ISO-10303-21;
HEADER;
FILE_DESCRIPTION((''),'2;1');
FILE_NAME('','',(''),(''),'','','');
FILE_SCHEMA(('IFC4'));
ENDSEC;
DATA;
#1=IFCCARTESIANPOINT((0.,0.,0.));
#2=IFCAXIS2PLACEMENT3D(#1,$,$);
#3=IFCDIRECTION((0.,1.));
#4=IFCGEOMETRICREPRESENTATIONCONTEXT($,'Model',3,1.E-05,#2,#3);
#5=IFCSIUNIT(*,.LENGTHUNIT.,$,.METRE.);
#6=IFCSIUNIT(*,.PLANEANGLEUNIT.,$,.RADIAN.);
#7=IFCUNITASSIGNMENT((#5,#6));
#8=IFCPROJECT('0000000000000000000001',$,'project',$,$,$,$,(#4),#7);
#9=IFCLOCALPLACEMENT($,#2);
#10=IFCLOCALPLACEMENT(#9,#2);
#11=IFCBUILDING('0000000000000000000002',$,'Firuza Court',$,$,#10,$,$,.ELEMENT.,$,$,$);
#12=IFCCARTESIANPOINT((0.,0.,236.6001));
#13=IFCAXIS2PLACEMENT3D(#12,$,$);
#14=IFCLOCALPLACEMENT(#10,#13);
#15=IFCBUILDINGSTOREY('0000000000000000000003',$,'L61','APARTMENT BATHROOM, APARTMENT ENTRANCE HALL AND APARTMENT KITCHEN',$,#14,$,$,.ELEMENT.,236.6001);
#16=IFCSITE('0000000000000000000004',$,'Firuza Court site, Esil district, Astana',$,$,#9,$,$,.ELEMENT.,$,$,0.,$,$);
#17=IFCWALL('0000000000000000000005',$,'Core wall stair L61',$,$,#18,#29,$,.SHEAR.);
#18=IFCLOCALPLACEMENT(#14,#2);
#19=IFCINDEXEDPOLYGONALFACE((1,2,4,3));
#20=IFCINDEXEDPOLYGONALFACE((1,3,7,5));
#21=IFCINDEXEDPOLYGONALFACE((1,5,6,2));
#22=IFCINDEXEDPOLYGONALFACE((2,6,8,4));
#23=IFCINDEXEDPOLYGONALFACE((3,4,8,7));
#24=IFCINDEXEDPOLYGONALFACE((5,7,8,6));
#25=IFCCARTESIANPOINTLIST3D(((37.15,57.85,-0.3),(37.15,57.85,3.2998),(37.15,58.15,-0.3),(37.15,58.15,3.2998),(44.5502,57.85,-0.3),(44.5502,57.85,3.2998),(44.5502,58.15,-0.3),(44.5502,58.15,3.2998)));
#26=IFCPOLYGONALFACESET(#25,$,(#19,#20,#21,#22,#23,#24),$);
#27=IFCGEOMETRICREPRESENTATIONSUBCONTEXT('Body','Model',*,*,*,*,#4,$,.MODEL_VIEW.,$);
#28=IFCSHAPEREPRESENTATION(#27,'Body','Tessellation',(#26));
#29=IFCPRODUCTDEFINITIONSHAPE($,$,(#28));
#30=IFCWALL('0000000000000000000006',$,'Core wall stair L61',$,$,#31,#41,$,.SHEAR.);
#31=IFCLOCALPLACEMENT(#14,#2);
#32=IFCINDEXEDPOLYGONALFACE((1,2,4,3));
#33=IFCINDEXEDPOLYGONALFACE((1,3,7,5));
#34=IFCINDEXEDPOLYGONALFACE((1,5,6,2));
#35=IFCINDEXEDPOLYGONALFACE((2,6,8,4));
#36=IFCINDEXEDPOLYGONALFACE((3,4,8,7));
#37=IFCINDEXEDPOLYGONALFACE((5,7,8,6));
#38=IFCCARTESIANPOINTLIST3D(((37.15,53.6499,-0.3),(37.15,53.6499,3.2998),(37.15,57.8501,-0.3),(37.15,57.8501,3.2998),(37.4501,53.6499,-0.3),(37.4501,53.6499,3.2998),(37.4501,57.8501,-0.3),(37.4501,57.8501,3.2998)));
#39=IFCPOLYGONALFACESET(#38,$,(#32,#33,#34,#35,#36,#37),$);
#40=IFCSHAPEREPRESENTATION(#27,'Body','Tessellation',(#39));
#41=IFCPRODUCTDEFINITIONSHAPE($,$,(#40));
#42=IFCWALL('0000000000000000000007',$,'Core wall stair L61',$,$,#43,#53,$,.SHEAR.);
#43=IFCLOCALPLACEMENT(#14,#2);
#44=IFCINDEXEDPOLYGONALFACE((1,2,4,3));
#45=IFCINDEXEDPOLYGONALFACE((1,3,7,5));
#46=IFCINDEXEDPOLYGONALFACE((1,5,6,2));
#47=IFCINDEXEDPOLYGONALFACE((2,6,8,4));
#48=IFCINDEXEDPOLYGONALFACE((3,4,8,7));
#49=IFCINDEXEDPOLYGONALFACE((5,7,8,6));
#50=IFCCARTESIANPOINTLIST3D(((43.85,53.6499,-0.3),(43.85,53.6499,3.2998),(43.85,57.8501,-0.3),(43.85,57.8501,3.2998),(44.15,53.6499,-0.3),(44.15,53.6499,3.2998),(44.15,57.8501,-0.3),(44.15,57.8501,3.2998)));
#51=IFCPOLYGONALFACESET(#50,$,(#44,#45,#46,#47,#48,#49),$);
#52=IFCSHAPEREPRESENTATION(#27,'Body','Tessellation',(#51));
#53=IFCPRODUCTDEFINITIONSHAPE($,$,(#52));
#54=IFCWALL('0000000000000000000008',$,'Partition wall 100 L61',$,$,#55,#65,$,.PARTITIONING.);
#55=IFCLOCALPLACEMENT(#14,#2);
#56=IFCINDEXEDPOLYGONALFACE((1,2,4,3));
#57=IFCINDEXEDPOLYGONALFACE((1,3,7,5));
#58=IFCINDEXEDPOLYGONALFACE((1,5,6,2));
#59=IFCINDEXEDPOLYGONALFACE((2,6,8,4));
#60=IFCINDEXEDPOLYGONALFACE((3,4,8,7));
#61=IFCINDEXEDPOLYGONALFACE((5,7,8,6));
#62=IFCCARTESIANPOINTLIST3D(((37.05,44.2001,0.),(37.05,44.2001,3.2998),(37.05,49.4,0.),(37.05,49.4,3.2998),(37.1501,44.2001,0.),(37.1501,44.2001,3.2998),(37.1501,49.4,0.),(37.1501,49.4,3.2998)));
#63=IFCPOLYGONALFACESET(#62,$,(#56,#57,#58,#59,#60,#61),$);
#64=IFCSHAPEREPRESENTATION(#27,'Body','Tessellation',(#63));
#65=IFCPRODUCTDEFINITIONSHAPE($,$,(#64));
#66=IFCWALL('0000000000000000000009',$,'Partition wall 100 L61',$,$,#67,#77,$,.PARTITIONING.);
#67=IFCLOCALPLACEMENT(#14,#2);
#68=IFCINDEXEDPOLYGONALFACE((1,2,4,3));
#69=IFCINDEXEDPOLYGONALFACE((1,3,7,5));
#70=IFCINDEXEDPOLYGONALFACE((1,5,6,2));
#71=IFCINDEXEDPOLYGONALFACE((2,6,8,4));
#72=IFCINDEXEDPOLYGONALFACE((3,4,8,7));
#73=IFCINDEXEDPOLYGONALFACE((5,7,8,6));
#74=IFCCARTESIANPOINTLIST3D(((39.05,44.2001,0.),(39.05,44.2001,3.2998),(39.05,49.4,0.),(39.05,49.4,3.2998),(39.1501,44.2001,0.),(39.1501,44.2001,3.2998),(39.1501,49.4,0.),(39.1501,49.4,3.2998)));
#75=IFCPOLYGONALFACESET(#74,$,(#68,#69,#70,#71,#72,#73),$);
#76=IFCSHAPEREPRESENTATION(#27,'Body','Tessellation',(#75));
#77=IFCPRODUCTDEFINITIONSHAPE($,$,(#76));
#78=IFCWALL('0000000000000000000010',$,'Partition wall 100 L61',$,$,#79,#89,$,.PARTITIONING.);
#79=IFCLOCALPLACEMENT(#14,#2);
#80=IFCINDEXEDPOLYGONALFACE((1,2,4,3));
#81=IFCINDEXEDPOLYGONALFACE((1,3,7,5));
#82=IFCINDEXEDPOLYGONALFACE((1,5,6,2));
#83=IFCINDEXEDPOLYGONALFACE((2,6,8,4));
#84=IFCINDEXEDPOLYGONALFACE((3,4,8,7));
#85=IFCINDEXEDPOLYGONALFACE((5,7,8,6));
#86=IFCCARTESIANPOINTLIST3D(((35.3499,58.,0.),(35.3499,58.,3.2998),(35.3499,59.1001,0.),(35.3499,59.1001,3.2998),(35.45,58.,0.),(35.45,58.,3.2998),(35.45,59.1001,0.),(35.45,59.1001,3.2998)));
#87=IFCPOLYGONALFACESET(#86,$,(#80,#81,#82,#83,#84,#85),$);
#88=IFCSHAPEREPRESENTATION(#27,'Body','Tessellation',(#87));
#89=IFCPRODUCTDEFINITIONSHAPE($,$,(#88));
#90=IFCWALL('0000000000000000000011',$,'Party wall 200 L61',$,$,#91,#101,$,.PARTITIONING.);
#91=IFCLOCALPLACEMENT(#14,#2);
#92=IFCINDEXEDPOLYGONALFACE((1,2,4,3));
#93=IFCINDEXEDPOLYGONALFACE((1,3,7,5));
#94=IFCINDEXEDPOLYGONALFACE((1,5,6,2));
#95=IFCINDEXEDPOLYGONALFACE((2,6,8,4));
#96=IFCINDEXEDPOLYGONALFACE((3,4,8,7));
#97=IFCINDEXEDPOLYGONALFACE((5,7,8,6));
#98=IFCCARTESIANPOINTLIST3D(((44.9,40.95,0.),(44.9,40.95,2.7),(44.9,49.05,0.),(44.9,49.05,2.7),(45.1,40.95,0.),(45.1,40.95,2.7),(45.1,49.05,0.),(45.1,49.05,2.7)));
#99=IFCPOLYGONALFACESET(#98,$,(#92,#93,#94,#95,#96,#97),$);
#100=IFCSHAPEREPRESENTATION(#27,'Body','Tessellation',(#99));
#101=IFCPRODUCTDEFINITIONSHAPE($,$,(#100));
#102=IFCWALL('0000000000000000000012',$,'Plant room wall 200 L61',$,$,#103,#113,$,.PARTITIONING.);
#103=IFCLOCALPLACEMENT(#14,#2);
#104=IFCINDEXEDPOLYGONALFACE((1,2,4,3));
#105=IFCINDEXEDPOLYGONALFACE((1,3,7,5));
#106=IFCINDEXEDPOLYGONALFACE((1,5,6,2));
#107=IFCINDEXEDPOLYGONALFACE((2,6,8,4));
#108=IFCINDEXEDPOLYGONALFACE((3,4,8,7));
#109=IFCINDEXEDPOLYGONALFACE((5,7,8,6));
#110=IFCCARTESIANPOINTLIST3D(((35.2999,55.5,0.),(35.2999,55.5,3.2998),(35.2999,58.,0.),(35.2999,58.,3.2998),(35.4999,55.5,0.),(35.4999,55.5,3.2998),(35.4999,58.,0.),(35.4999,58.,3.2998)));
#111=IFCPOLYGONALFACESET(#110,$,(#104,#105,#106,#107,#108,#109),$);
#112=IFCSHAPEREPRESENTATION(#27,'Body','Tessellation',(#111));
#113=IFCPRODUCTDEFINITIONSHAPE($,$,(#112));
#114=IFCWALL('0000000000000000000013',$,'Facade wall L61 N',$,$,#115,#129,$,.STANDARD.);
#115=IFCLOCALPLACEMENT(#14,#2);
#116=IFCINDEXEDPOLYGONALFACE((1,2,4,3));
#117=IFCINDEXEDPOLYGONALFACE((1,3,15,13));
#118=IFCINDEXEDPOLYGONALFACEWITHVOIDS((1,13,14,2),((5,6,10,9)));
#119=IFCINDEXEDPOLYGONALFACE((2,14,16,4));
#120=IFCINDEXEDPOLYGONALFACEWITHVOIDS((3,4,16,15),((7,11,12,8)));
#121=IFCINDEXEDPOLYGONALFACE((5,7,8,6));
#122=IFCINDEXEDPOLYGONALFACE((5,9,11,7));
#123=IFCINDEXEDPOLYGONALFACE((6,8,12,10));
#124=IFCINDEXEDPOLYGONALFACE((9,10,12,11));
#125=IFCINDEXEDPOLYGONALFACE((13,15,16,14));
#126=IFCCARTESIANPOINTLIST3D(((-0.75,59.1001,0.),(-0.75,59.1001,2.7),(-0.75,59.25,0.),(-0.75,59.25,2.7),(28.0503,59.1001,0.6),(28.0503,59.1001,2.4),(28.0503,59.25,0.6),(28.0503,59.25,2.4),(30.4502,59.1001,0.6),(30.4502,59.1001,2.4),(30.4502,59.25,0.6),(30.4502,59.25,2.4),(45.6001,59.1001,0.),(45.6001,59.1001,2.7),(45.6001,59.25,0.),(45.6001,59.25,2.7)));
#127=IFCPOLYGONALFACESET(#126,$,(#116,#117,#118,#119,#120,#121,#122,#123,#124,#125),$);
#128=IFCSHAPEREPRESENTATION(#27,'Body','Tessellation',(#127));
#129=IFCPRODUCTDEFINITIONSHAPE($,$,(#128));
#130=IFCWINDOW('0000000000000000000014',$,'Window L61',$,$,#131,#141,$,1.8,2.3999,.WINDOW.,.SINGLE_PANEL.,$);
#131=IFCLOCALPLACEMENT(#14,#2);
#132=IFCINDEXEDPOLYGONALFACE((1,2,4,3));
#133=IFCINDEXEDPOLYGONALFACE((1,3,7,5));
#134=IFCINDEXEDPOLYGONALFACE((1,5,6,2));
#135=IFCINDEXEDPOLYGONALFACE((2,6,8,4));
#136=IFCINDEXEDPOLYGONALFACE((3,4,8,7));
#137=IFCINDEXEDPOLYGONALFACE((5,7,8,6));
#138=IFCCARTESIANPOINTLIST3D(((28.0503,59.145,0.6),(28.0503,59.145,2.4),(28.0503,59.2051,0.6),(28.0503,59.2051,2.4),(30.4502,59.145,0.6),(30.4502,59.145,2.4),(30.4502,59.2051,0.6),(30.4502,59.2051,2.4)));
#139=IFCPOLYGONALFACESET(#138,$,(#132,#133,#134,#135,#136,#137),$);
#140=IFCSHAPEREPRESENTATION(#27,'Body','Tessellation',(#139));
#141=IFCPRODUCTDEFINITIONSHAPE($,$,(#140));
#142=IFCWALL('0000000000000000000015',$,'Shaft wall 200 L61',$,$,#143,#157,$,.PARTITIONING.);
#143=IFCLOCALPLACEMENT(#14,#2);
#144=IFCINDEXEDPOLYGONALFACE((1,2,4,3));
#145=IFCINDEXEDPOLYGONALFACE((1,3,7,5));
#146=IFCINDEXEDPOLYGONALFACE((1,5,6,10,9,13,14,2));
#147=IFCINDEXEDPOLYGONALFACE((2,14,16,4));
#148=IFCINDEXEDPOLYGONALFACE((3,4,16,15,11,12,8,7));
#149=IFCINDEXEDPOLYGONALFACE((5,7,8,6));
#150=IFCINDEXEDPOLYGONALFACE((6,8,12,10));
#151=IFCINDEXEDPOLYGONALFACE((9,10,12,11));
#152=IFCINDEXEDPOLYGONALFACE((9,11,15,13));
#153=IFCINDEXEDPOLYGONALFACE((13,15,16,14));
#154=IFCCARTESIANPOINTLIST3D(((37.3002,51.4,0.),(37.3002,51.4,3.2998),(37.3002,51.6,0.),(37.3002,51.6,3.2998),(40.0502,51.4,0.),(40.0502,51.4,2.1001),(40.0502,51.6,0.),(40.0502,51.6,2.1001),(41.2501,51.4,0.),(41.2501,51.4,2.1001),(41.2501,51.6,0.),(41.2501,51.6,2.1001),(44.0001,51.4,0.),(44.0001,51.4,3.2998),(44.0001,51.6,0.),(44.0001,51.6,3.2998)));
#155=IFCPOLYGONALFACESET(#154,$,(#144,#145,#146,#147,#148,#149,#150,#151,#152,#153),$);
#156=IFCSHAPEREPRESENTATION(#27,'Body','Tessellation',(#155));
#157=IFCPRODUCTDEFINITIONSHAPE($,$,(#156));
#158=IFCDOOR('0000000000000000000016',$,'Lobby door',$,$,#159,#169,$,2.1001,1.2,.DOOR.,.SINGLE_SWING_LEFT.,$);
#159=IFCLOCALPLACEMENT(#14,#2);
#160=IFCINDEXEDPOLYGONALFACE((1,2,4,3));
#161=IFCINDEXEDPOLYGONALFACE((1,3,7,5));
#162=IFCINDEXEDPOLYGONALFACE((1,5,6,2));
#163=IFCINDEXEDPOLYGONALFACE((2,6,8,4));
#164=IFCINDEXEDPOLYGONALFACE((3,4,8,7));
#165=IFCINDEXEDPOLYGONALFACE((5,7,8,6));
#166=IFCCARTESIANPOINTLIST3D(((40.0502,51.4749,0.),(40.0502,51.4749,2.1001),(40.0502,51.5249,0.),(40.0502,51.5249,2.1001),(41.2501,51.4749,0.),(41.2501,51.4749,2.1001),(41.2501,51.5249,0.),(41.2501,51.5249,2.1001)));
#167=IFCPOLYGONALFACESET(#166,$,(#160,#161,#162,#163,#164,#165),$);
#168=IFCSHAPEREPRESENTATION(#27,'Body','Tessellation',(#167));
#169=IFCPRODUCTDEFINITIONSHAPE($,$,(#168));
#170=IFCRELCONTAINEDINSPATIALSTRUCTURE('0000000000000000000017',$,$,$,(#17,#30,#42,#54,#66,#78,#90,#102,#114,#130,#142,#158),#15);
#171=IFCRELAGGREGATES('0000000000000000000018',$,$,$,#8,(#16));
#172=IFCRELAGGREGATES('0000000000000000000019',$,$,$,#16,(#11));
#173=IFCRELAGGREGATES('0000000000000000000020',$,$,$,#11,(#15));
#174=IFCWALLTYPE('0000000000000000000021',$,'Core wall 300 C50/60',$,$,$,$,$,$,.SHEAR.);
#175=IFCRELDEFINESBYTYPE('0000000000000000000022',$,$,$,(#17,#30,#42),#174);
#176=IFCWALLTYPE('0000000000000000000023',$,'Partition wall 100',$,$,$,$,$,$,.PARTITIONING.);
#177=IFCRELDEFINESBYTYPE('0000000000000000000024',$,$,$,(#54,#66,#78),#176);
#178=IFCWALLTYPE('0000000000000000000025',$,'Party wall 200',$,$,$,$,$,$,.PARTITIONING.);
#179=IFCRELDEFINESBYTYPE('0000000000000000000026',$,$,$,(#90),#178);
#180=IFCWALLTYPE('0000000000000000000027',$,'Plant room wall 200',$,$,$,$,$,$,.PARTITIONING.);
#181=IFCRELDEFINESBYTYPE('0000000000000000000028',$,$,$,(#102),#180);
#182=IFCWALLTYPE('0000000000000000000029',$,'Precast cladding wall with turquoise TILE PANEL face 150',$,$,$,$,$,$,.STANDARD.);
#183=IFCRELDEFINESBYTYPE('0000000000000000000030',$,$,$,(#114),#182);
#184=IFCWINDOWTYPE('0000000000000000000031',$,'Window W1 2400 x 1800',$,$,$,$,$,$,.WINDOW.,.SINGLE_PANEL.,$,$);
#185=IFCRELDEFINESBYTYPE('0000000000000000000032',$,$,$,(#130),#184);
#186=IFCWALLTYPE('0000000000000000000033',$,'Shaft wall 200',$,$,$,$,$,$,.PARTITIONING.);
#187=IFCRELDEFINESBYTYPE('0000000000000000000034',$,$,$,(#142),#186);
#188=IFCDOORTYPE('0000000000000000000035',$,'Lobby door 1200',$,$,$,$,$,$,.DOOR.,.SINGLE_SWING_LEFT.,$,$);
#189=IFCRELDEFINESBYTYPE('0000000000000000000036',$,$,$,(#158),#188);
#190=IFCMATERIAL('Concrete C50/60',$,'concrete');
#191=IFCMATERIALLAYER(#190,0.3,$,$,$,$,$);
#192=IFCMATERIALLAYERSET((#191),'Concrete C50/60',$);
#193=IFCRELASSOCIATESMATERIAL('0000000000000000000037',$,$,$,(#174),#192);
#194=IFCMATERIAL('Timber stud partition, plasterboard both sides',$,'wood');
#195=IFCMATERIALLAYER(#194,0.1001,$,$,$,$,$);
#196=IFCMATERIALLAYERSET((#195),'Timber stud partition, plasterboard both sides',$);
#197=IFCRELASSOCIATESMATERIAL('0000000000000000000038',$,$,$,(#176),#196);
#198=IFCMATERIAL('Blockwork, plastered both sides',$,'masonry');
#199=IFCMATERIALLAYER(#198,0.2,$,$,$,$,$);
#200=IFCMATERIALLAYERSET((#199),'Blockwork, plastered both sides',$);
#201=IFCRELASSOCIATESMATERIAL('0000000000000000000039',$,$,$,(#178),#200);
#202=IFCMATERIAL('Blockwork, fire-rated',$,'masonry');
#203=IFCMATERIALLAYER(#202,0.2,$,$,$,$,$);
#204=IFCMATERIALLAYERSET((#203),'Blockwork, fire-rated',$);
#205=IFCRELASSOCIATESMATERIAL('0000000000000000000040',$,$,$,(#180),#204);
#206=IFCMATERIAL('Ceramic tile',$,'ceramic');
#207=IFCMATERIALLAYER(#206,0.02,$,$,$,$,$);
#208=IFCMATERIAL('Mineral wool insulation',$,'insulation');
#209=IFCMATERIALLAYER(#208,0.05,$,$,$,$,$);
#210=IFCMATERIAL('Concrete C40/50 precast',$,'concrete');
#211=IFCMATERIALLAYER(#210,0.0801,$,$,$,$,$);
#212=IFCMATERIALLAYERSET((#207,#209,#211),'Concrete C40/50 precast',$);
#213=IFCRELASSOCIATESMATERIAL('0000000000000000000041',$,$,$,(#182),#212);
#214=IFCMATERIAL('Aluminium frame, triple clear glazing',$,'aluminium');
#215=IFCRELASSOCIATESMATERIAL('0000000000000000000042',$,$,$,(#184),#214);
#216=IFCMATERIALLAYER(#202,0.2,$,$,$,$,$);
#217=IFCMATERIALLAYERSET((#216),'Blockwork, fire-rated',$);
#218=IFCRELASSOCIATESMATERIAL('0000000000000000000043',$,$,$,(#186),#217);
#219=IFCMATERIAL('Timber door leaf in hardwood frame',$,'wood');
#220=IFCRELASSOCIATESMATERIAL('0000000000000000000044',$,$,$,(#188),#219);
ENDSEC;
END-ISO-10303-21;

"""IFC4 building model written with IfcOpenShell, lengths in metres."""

from ifc_helpers import new_model, si_unit, direction, frame, frame_2d, origin, place, context, subcontext, project, spatial, rectangle, extrude, material, layer, layer_set, type_object, element, fill, save


model = new_model("IFC4")

# Units and contexts
model_context = context("Model", 3, precision=1e-05, world=origin(), true_north=direction((0.0, 1.0)))
body_context = subcontext(model_context, "Body", "Model", "MODEL_VIEW")
ifc_project = project(units=[si_unit("LENGTHUNIT", "METRE"), si_unit("PLANEANGLEUNIT", "RADIAN")], contexts=[model_context])

# Site, building, storey
site_placement = place(None, origin())
site = spatial("IfcSite", under=ifc_project, at=site_placement, Name="Firuza Court site, Esil district, Astana", CompositionType="ELEMENT", RefElevation=0.0)
building_placement = place(site_placement, origin())
building = spatial("IfcBuilding", under=site, at=building_placement, Name="Firuza Court", CompositionType="ELEMENT")
storey_placement = place(building_placement, frame((0.0, 0.0, 236.6001)))
storey = spatial("IfcBuildingStorey", under=building, at=storey_placement, Name="L61", Description="APARTMENT BATHROOM, APARTMENT ENTRANCE HALL AND APARTMENT KITCHEN", CompositionType="ELEMENT", Elevation=236.6001)

# Shared definitions
ifc_material_1 = material(Name="Concrete C50/60", Category="concrete")
ifc_layer_1 = layer(ifc_material_1, 0.3)
ifc_layer_set_1 = layer_set([ifc_layer_1], Name="Concrete C50/60")
wall_type_1 = type_object("IfcWallType", Name="Core wall 300 C50/60", PredefinedType="SHEAR", material=ifc_layer_set_1)

# Walls
wall_1_placement = place(storey_placement, frame((37.1499, 58.0, -0.3), z_axis=(0.0, 0.0, 1.0), x_axis=(1.0, 0.0, 0.0)))
element("IfcWall", 1, at=wall_1_placement, inside=storey, type_object=wall_type_1, Name="Core wall stair L61", PredefinedType="SHEAR", context=body_context, shape_type="SweptSolid", body=[
    extrude(rectangle(XDim=7.4001, YDim=0.3, at=frame_2d((3.7002, 0.0))), origin(), (0.0, 0.0, 1.0), 3.5999),
])
for number, where, z_axis, x_axis, name in (
    (2, (37.3, 53.6499, -0.3), (0.0, 0.0, 1.0), (0.0, 1.0, 0.0), "Core wall stair L61"),
    (3, (44.0, 53.6499, -0.3), (0.0, 0.0, 1.0), (0.0, 1.0, 0.0), "Core wall stair L61"),
):
    element("IfcWall", number, at=place(storey_placement, frame(where, z_axis=z_axis, x_axis=x_axis)), inside=storey, type_object=wall_type_1, Name=name, PredefinedType="SHEAR", context=body_context, shape_type="SweptSolid", body=[
        extrude(rectangle(XDim=4.2002, YDim=0.3, at=frame_2d((2.1001, 0.0))), origin(), (0.0, 0.0, 1.0), 3.5999),
    ])
ifc_material_2 = material(Name="Timber stud partition, plasterboard both sides", Category="wood")
ifc_layer_2 = layer(ifc_material_2, 0.1001)
ifc_layer_set_2 = layer_set([ifc_layer_2], Name="Timber stud partition, plasterboard both sides")
wall_type_2 = type_object("IfcWallType", Name="Partition wall 100", PredefinedType="PARTITIONING", material=ifc_layer_set_2)
for number, where, z_axis, x_axis, name in (
    (4, (37.1001, 44.2, 0.0), (0.0, 0.0, 1.0), (0.0, 1.0, 0.0), "Partition wall 100 L61"),
    (5, (39.1001, 44.2, 0.0), (0.0, 0.0, 1.0), (0.0, 1.0, 0.0), "Partition wall 100 L61"),
):
    element("IfcWall", number, at=place(storey_placement, frame(where, z_axis=z_axis, x_axis=x_axis)), inside=storey, type_object=wall_type_2, Name=name, PredefinedType="PARTITIONING", context=body_context, shape_type="SweptSolid", body=[
        extrude(rectangle(XDim=5.2, YDim=0.1001, at=frame_2d((2.6001, 0.0))), origin(), (0.0, 0.0, 1.0), 3.2998),
    ])
wall_2_placement = place(storey_placement, frame((35.3999, 58.0, 0.0), z_axis=(0.0, 0.0, 1.0), x_axis=(0.0, 1.0, 0.0)))
element("IfcWall", 6, at=wall_2_placement, inside=storey, type_object=wall_type_2, Name="Partition wall 100 L61", PredefinedType="PARTITIONING", context=body_context, shape_type="SweptSolid", body=[
    extrude(rectangle(XDim=1.1001, YDim=0.1001, at=frame_2d((0.55, 0.0))), origin(), (0.0, 0.0, 1.0), 3.2998),
])
ifc_material_3 = material(Name="Blockwork, plastered both sides", Category="masonry")
ifc_layer_3 = layer(ifc_material_3, 0.2)
ifc_layer_set_3 = layer_set([ifc_layer_3], Name="Blockwork, plastered both sides")
wall_type_3 = type_object("IfcWallType", Name="Party wall 200", PredefinedType="PARTITIONING", material=ifc_layer_set_3)
wall_3_placement = place(storey_placement, frame((45.0, 40.95, 0.0), z_axis=(0.0, 0.0, 1.0), x_axis=(0.0, 1.0, 0.0)))
element("IfcWall", 7, at=wall_3_placement, inside=storey, type_object=wall_type_3, Name="Party wall 200 L61", PredefinedType="PARTITIONING", context=body_context, shape_type="SweptSolid", body=[
    extrude(rectangle(XDim=8.1001, YDim=0.2, at=frame_2d((4.05, 0.0))), origin(), (0.0, 0.0, 1.0), 2.7),
])
ifc_material_4 = material(Name="Blockwork, fire-rated", Category="masonry")
ifc_layer_4 = layer(ifc_material_4, 0.2)
ifc_layer_set_4 = layer_set([ifc_layer_4], Name="Blockwork, fire-rated")
wall_type_4 = type_object("IfcWallType", Name="Plant room wall 200", PredefinedType="PARTITIONING", material=ifc_layer_set_4)
wall_4_placement = place(storey_placement, frame((35.3999, 55.5, 0.0), z_axis=(0.0, 0.0, 1.0), x_axis=(0.0, 1.0, 0.0)))
element("IfcWall", 8, at=wall_4_placement, inside=storey, type_object=wall_type_4, Name="Plant room wall 200 L61", PredefinedType="PARTITIONING", context=body_context, shape_type="SweptSolid", body=[
    extrude(rectangle(XDim=2.5, YDim=0.2, at=frame_2d((1.25, 0.0))), origin(), (0.0, 0.0, 1.0), 3.2998),
])

# Wall, opening, window
ifc_material_5 = material(Name="Ceramic tile", Category="ceramic")
ifc_layer_5 = layer(ifc_material_5, 0.02)
ifc_material_6 = material(Name="Mineral wool insulation", Category="insulation")
ifc_layer_6 = layer(ifc_material_6, 0.05)
ifc_material_7 = material(Name="Concrete C40/50 precast", Category="concrete")
ifc_layer_7 = layer(ifc_material_7, 0.0801)
ifc_layer_set_5 = layer_set([ifc_layer_5, ifc_layer_6, ifc_layer_7], Name="Concrete C40/50 precast")
wall_type_5 = type_object("IfcWallType", Name="Precast cladding wall with turquoise TILE PANEL face 150", PredefinedType="STANDARD", material=ifc_layer_set_5)
wall_5_placement = place(storey_placement, frame((45.6001, 59.175, 0.0), z_axis=(0.0, 0.0, 1.0), x_axis=(-1.0, 0.0, 0.0)))
wall_5 = element("IfcWall", 9, at=wall_5_placement, inside=storey, type_object=wall_type_5, Name="Facade wall L61 N", PredefinedType="STANDARD", context=body_context, shape_type="SweptSolid", body=[
    extrude(rectangle(XDim=46.3501, YDim=0.1499, at=frame_2d((23.175, 0.0))), origin(), (0.0, 0.0, 1.0), 2.7),
])
opening_1_placement = place(wall_5_placement, frame((15.1499, 0.0, 0.6001)))
opening_1 = element("IfcOpeningElement", 10, at=opening_1_placement, cuts=wall_5, PredefinedType="OPENING", context=body_context, shape_type="SweptSolid", body=[
    extrude(rectangle(XDim=2.3999, YDim=1.8, at=frame_2d((1.2, 0.8999))), frame((0.0, 0.0869, 0.0), z_axis=(0.0, -1.0, 0.0), x_axis=(1.0, 0.0, 0.0)), (0.0, 0.0, 1.0), 0.1738),
])
ifc_material_8 = material(Name="Aluminium frame, triple clear glazing", Category="aluminium")
window_type = type_object("IfcWindowType", Name="Window W1 2400 x 1800", PartitioningType="SINGLE_PANEL", PredefinedType="WINDOW", material=ifc_material_8)
window_placement = place(opening_1_placement, origin())
window = element("IfcWindow", 11, at=window_placement, inside=storey, type_object=window_type, Name="Window L61", OverallHeight=1.8, OverallWidth=2.3999, PartitioningType="SINGLE_PANEL", PredefinedType="WINDOW", context=body_context, shape_type="SweptSolid", body=[
    extrude(rectangle(XDim=2.3999, YDim=1.8, at=frame_2d((1.2, 0.8999))), frame((0.0, 0.03, 0.0), z_axis=(0.0, -1.0, 0.0), x_axis=(1.0, 0.0, 0.0)), (0.0, 0.0, 1.0), 0.0601),
])
fill(opening_1, window)

# Wall, opening, door
ifc_layer_8 = layer(ifc_material_4, 0.2)
ifc_layer_set_6 = layer_set([ifc_layer_8], Name="Blockwork, fire-rated")
wall_type_6 = type_object("IfcWallType", Name="Shaft wall 200", PredefinedType="PARTITIONING", material=ifc_layer_set_6)
wall_6_placement = place(storey_placement, frame((37.3, 51.5, 0.0), z_axis=(0.0, 0.0, 1.0), x_axis=(1.0, 0.0, 0.0)))
wall_6 = element("IfcWall", 12, at=wall_6_placement, inside=storey, type_object=wall_type_6, Name="Shaft wall 200 L61", PredefinedType="PARTITIONING", context=body_context, shape_type="SweptSolid", body=[
    extrude(rectangle(XDim=6.7, YDim=0.2, at=frame_2d((3.3501, 0.0))), origin(), (0.0, 0.0, 1.0), 3.2998),
])
opening_2_placement = place(wall_6_placement, frame((2.75, 0.0, 0.0)))
opening_2 = element("IfcOpeningElement", 13, at=opening_2_placement, cuts=wall_6, PredefinedType="OPENING", context=body_context, shape_type="SweptSolid", body=[
    extrude(rectangle(XDim=1.2, YDim=2.1001, at=frame_2d((0.6001, 1.05))), frame((0.0, 0.1118, 0.0), z_axis=(0.0, -1.0, 0.0), x_axis=(1.0, 0.0, 0.0)), (0.0, 0.0, 1.0), 0.2239),
])
ifc_material_9 = material(Name="Timber door leaf in hardwood frame", Category="wood")
door_type_1 = type_object("IfcDoorType", Name="Lobby door 1200", OperationType="SINGLE_SWING_LEFT", PredefinedType="DOOR", material=ifc_material_9)
door_1_placement = place(opening_2_placement, origin())
door_1 = element("IfcDoor", 14, at=door_1_placement, inside=storey, type_object=door_type_1, Name="Lobby door", OperationType="SINGLE_SWING_LEFT", OverallHeight=2.1001, OverallWidth=1.2, PredefinedType="DOOR", context=body_context, shape_type="SweptSolid", body=[
    extrude(rectangle(XDim=1.2, YDim=2.1001, at=frame_2d((0.6001, 1.05))), frame((0.0, 0.0249, 0.0), z_axis=(0.0, -1.0, 0.0), x_axis=(1.0, 0.0, 0.0)), (0.0, 0.0, 1.0), 0.05),
])
fill(opening_2, door_1)

save(model, "model.ifc")
